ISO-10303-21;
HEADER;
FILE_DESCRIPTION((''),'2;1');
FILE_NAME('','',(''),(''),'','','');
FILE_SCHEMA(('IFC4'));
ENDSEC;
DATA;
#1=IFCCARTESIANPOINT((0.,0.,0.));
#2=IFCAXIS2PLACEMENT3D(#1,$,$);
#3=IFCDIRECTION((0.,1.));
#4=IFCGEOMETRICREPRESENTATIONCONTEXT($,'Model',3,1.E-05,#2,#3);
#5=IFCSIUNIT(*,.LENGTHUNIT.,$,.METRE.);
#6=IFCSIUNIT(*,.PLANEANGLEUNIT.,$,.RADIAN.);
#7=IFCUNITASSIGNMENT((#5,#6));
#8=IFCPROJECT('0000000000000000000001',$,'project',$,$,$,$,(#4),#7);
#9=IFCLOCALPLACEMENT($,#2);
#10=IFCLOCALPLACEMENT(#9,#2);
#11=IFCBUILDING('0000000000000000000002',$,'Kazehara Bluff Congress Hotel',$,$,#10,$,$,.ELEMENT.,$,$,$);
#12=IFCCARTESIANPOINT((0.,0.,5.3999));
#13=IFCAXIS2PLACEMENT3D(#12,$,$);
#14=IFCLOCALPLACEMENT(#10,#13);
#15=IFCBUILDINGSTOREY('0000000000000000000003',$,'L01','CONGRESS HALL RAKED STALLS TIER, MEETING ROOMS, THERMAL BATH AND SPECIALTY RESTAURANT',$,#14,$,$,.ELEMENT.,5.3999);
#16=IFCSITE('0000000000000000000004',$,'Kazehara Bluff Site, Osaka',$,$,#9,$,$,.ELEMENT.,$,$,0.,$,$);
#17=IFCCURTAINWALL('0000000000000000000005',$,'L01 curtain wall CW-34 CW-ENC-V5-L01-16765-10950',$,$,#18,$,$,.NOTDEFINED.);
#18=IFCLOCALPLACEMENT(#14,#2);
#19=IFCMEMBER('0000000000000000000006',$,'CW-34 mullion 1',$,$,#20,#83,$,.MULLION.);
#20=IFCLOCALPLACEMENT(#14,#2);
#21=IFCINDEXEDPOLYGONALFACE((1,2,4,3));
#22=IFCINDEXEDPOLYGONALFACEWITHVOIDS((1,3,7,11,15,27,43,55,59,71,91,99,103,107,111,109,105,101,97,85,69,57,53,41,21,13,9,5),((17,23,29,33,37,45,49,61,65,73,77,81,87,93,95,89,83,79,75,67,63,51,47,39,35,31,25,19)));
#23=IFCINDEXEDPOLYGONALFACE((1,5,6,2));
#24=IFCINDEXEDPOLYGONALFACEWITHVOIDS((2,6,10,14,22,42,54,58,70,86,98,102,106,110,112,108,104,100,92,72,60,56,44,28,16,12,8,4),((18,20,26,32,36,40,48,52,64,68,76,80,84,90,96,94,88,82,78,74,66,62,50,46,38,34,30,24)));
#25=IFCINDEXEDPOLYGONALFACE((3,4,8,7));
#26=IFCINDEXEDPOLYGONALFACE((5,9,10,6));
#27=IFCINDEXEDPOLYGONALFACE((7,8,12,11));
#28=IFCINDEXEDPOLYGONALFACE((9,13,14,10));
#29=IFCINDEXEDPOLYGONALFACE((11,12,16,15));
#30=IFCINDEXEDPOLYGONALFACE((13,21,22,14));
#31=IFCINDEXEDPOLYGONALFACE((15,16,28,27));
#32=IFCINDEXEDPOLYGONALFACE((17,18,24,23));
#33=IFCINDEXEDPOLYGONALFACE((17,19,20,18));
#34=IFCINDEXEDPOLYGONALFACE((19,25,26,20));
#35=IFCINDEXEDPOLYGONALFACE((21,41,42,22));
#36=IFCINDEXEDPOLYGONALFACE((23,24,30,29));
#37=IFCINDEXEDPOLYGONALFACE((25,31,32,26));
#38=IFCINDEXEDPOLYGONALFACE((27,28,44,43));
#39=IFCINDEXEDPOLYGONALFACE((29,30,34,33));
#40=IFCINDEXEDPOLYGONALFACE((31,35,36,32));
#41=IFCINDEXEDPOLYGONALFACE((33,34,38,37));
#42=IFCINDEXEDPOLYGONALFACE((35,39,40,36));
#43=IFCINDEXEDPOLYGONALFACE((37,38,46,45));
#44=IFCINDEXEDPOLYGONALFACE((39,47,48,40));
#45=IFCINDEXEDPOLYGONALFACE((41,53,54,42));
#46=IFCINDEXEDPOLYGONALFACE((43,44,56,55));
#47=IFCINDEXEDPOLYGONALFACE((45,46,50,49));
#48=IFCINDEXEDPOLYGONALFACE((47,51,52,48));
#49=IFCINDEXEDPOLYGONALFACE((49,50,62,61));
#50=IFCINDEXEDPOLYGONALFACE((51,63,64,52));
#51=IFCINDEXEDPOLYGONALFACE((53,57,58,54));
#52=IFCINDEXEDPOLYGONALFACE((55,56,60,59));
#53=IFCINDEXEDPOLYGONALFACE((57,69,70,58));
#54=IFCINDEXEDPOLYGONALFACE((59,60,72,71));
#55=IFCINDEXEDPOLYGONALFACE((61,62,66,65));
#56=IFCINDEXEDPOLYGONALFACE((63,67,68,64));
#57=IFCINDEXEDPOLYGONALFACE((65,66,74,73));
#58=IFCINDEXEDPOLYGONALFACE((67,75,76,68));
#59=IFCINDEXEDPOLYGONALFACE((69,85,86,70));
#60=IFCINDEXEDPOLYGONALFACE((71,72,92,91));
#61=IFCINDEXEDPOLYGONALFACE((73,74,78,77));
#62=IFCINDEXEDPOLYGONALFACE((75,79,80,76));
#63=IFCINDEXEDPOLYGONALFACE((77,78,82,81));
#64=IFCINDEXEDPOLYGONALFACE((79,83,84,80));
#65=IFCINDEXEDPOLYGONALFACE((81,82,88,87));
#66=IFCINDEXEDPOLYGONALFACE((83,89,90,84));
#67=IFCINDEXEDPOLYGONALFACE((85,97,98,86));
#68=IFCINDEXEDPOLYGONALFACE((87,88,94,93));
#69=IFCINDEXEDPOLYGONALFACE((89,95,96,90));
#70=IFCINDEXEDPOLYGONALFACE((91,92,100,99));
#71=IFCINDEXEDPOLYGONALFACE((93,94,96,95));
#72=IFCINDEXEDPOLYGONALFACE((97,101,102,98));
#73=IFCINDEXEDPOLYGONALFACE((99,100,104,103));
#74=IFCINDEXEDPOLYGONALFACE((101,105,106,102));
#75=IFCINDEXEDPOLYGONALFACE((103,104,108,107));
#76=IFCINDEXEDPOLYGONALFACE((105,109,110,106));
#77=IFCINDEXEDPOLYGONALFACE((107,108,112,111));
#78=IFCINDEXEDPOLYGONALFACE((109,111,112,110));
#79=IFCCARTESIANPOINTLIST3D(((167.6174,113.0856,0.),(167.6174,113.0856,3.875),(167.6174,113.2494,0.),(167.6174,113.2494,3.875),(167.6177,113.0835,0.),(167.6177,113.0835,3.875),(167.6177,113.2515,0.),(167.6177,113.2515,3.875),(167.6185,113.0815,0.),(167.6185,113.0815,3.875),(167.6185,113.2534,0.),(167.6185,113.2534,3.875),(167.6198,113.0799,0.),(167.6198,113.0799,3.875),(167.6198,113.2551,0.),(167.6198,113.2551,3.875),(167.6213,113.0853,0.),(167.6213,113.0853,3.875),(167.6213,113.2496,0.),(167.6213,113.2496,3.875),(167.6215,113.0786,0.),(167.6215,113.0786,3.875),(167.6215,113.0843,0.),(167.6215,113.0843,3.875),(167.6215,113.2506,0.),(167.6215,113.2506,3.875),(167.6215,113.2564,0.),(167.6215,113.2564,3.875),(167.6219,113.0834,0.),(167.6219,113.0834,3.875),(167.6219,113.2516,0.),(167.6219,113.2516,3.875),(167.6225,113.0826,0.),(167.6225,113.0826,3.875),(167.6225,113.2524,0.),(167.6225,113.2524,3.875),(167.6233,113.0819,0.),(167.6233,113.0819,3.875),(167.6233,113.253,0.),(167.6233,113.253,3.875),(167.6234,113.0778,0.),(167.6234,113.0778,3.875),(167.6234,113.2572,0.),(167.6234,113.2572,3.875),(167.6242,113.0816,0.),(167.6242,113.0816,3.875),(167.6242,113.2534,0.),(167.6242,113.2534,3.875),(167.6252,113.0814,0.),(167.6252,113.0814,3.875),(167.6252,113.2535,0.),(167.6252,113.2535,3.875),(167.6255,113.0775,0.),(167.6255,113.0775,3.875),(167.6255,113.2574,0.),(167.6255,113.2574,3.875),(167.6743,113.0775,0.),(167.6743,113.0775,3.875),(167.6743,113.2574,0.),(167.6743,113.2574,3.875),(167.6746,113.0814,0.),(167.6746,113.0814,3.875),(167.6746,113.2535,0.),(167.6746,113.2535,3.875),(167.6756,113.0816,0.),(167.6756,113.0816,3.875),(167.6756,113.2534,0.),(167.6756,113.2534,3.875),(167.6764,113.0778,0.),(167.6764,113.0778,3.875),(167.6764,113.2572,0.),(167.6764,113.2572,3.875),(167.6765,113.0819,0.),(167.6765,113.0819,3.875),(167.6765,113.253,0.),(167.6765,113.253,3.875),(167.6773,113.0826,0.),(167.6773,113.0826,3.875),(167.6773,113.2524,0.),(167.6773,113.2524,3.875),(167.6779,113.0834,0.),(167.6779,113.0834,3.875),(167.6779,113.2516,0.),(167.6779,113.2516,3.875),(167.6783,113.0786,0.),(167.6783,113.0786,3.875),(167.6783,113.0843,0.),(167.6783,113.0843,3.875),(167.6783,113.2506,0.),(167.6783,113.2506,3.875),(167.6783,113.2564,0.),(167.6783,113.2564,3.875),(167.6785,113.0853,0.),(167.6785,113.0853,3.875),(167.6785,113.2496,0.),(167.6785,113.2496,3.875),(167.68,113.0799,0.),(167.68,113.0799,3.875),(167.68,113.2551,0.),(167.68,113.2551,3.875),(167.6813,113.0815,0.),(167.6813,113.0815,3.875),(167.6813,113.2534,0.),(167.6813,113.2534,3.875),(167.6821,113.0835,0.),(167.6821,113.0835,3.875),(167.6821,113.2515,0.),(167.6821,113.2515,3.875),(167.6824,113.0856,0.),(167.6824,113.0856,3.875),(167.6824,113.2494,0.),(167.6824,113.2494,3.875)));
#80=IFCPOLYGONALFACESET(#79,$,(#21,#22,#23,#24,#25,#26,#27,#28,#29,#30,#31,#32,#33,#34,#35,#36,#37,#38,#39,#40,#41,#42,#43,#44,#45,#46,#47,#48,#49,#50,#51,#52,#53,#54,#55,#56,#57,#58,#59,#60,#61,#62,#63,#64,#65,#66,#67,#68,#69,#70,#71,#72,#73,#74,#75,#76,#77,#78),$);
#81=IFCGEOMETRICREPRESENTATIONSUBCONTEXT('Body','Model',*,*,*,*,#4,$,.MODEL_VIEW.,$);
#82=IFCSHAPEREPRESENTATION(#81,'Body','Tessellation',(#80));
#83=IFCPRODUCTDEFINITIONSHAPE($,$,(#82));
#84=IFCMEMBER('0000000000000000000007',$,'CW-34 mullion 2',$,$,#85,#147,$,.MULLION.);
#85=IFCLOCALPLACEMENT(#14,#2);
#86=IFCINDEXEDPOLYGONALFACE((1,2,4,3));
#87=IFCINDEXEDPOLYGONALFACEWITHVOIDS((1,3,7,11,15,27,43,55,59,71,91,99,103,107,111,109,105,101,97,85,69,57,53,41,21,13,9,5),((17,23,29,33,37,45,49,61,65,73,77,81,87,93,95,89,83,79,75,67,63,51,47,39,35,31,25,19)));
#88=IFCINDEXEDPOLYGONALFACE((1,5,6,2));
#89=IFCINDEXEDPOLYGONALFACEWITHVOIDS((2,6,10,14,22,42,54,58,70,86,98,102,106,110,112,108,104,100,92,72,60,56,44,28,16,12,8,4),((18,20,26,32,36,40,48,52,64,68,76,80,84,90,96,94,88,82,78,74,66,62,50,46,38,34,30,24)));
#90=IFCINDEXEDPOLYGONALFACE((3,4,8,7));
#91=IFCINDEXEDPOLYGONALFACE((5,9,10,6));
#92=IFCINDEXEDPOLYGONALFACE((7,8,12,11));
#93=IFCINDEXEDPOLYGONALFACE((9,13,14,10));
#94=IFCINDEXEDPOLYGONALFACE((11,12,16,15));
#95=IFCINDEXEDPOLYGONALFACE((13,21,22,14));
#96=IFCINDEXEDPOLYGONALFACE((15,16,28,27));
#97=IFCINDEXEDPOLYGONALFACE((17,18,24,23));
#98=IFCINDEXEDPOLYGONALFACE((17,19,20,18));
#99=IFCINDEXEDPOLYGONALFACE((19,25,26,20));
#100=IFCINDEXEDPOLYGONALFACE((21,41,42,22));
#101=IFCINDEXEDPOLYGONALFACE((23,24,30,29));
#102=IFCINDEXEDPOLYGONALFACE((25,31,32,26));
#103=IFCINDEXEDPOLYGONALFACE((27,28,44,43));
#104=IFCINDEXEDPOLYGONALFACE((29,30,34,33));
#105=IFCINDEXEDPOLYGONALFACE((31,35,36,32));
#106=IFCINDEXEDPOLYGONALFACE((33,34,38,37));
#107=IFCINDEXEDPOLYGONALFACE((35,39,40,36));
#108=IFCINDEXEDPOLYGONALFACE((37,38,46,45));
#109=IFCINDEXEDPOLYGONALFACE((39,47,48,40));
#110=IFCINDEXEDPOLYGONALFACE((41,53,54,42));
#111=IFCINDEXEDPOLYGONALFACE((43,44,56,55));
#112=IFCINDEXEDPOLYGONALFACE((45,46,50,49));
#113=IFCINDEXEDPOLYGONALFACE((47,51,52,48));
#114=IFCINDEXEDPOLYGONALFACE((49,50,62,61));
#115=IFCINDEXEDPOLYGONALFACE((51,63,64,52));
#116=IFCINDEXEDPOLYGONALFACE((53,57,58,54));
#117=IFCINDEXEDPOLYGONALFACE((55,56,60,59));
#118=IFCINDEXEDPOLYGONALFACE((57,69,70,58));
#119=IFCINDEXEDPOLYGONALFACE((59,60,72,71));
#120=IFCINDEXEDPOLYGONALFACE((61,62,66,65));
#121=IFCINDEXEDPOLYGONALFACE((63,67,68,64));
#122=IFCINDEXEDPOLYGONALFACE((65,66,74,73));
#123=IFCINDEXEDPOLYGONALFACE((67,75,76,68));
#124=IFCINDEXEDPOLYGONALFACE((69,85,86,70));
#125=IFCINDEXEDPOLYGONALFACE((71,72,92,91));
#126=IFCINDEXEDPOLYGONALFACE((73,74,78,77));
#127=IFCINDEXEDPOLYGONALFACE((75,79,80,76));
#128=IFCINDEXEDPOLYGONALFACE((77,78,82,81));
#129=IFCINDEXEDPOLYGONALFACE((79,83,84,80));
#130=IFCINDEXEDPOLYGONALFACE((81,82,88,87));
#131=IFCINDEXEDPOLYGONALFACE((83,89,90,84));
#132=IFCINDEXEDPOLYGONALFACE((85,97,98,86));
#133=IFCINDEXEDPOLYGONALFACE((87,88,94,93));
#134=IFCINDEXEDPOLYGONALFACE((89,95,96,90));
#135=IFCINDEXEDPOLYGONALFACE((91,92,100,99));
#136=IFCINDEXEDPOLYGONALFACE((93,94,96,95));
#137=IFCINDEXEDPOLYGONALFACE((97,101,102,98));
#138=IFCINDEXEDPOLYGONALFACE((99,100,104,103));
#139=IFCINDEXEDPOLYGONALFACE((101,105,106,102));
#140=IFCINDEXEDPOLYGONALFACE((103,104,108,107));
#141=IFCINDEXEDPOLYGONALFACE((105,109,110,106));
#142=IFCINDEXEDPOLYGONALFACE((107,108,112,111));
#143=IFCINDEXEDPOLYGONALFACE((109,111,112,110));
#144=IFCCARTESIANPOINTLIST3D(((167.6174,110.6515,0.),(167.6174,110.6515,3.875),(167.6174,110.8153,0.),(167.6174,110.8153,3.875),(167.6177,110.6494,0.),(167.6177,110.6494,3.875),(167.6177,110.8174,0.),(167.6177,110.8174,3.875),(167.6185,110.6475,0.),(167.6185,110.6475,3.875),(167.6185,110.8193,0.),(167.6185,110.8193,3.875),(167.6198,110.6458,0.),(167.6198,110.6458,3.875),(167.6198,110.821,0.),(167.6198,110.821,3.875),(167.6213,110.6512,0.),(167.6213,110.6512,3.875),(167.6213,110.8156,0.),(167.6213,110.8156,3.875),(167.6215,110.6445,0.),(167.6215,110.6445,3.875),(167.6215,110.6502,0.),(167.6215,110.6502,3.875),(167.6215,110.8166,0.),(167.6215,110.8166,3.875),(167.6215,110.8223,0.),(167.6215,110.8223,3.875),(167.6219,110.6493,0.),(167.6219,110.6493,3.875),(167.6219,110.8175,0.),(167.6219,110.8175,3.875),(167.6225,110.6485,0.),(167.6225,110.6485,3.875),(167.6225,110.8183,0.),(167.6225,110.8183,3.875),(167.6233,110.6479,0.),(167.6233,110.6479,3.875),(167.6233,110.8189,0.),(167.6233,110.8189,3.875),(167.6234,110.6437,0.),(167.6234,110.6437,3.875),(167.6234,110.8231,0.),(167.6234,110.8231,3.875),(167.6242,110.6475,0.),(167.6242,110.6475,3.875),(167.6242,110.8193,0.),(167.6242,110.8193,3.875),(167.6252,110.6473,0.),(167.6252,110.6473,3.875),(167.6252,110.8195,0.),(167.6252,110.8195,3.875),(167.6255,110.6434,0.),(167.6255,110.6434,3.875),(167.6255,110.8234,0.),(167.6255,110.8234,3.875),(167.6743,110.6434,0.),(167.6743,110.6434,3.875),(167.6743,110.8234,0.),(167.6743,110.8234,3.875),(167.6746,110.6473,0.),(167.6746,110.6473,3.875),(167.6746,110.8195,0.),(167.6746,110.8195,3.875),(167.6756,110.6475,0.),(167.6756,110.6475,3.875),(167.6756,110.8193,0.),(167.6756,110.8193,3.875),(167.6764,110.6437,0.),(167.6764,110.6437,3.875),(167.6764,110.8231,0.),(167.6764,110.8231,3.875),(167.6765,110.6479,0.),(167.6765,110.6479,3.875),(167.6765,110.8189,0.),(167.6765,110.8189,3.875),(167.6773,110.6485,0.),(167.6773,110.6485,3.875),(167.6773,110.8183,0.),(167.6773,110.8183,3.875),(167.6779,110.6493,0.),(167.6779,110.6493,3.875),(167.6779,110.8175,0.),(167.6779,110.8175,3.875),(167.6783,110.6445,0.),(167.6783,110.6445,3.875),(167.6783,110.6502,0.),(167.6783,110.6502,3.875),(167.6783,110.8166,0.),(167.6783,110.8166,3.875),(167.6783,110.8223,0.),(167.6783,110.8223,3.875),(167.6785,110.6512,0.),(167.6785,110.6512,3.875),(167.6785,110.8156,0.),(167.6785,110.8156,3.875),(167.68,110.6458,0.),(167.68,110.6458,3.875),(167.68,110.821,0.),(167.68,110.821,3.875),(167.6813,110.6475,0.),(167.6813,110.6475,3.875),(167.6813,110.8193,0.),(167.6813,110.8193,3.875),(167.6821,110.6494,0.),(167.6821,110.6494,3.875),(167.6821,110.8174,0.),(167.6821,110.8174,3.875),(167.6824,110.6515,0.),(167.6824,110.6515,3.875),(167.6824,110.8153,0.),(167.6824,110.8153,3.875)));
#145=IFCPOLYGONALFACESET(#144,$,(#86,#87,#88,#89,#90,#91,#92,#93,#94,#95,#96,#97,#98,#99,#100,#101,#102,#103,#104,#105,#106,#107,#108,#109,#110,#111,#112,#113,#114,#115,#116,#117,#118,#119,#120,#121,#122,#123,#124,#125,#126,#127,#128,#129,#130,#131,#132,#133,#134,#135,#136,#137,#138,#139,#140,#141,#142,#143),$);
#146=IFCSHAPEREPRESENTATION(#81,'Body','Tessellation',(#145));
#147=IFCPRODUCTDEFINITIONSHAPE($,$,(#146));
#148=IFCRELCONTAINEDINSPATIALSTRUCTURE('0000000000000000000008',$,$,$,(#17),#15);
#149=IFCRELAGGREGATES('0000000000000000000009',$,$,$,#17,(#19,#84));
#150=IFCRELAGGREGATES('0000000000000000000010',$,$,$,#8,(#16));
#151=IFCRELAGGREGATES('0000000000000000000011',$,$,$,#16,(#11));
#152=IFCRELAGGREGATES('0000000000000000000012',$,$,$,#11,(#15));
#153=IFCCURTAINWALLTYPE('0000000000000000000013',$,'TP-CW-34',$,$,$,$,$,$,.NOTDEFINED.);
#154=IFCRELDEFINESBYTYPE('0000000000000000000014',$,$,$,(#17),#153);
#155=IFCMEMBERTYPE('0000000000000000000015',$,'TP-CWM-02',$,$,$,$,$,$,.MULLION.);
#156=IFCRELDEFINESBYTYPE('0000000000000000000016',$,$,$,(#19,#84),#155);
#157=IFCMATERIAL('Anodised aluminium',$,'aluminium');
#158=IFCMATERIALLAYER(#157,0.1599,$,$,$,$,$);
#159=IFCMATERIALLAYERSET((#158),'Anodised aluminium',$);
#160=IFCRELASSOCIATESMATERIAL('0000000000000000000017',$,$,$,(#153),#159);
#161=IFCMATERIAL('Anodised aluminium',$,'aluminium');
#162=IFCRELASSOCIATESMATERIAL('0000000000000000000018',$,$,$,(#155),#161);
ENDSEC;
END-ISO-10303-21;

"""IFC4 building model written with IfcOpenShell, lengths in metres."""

from ifc_helpers import new_model, si_unit, direction, frame, origin, origin_2d, place, context, subcontext, project, spatial, hollow_rectangle, extrude, material, layer, layer_set, material_profile, profile_set, type_object, element, aggregate, save


model = new_model("IFC4")

# Units and contexts
model_context = context("Model", 3, precision=1e-05, world=origin(), true_north=direction((0.0, 1.0)))
body_context = subcontext(model_context, "Body", "Model", "MODEL_VIEW")
ifc_project = project(units=[si_unit("LENGTHUNIT", "METRE"), si_unit("PLANEANGLEUNIT", "RADIAN")], contexts=[model_context])

# Site, building, storey
site_placement = place(None, origin())
site = spatial("IfcSite", under=ifc_project, at=site_placement, Name="Kazehara Bluff Site, Osaka", CompositionType="ELEMENT", RefElevation=0.0)
building_placement = place(site_placement, origin())
building = spatial("IfcBuilding", under=site, at=building_placement, Name="Kazehara Bluff Congress Hotel", CompositionType="ELEMENT")
storey_placement = place(building_placement, frame((0.0, 0.0, 5.3999)))
storey = spatial("IfcBuildingStorey", under=building, at=storey_placement, Name="L01", Description="CONGRESS HALL RAKED STALLS TIER, MEETING ROOMS, THERMAL BATH AND SPECIALTY RESTAURANT", CompositionType="ELEMENT", Elevation=5.3999)

# Curtain wall, members
ifc_material_1 = material(Name="Anodised aluminium", Category="aluminium")
ifc_layer_1 = layer(ifc_material_1, 0.1599)
ifc_layer_set_1 = layer_set([ifc_layer_1], Name="Anodised aluminium")
curtain_wall_type_1 = type_object("IfcCurtainWallType", Name="TP-CW-34", PredefinedType="NOTDEFINED", material=ifc_layer_set_1)
curtain_wall_1_placement = place(storey_placement, origin())
curtain_wall_1 = element("IfcCurtainWall", 1, at=curtain_wall_1_placement, inside=storey, type_object=curtain_wall_type_1, Name="L01 curtain wall CW-34 CW-ENC-V5-L01-16765-10950", PredefinedType="NOTDEFINED")
ifc_material_2 = material(Name="Anodised aluminium", Category="aluminium")
ifc_material_profile_1 = material_profile(ifc_material_2, hollow_rectangle(XDim=0.0649, YDim=0.1799, WallThickness=0.0039, InnerFilletRadius=0.0039, OuterFilletRadius=0.0081, at=origin_2d()))
ifc_profile_set_1 = profile_set([ifc_material_profile_1], Name="Anodised aluminium")
member_type_1 = type_object("IfcMemberType", Name="TP-CWM-02", PredefinedType="MULLION", material=ifc_profile_set_1)
member_1_placement = place(storey_placement, frame((167.6499, 113.1675, 0.0), z_axis=(0.0, 0.0, 1.0), x_axis=(1.0, 0.0, 0.0)))
member_1 = element("IfcMember", 2, at=member_1_placement, type_object=member_type_1, Name="CW-34 mullion 1", PredefinedType="MULLION", context=body_context, shape_type="SweptSolid", body=[
    extrude(hollow_rectangle(XDim=0.0649, YDim=0.1799, WallThickness=0.0039, InnerFilletRadius=0.0039, OuterFilletRadius=0.0081, at=origin_2d()), origin(), (0.0, 0.0, 1.0), 3.875),
])
member_2_placement = place(storey_placement, frame((167.6499, 110.7334, 0.0), z_axis=(0.0, 0.0, 1.0), x_axis=(1.0, 0.0, 0.0)))
member_2 = element("IfcMember", 3, at=member_2_placement, type_object=member_type_1, Name="CW-34 mullion 2", PredefinedType="MULLION", context=body_context, shape_type="SweptSolid", body=[
    extrude(hollow_rectangle(XDim=0.0649, YDim=0.1799, WallThickness=0.0039, InnerFilletRadius=0.0039, OuterFilletRadius=0.0081, at=origin_2d()), origin(), (0.0, 0.0, 1.0), 3.875),
])

aggregate(curtain_wall_1, [member_1, member_2])

save(model, "model.ifc")
